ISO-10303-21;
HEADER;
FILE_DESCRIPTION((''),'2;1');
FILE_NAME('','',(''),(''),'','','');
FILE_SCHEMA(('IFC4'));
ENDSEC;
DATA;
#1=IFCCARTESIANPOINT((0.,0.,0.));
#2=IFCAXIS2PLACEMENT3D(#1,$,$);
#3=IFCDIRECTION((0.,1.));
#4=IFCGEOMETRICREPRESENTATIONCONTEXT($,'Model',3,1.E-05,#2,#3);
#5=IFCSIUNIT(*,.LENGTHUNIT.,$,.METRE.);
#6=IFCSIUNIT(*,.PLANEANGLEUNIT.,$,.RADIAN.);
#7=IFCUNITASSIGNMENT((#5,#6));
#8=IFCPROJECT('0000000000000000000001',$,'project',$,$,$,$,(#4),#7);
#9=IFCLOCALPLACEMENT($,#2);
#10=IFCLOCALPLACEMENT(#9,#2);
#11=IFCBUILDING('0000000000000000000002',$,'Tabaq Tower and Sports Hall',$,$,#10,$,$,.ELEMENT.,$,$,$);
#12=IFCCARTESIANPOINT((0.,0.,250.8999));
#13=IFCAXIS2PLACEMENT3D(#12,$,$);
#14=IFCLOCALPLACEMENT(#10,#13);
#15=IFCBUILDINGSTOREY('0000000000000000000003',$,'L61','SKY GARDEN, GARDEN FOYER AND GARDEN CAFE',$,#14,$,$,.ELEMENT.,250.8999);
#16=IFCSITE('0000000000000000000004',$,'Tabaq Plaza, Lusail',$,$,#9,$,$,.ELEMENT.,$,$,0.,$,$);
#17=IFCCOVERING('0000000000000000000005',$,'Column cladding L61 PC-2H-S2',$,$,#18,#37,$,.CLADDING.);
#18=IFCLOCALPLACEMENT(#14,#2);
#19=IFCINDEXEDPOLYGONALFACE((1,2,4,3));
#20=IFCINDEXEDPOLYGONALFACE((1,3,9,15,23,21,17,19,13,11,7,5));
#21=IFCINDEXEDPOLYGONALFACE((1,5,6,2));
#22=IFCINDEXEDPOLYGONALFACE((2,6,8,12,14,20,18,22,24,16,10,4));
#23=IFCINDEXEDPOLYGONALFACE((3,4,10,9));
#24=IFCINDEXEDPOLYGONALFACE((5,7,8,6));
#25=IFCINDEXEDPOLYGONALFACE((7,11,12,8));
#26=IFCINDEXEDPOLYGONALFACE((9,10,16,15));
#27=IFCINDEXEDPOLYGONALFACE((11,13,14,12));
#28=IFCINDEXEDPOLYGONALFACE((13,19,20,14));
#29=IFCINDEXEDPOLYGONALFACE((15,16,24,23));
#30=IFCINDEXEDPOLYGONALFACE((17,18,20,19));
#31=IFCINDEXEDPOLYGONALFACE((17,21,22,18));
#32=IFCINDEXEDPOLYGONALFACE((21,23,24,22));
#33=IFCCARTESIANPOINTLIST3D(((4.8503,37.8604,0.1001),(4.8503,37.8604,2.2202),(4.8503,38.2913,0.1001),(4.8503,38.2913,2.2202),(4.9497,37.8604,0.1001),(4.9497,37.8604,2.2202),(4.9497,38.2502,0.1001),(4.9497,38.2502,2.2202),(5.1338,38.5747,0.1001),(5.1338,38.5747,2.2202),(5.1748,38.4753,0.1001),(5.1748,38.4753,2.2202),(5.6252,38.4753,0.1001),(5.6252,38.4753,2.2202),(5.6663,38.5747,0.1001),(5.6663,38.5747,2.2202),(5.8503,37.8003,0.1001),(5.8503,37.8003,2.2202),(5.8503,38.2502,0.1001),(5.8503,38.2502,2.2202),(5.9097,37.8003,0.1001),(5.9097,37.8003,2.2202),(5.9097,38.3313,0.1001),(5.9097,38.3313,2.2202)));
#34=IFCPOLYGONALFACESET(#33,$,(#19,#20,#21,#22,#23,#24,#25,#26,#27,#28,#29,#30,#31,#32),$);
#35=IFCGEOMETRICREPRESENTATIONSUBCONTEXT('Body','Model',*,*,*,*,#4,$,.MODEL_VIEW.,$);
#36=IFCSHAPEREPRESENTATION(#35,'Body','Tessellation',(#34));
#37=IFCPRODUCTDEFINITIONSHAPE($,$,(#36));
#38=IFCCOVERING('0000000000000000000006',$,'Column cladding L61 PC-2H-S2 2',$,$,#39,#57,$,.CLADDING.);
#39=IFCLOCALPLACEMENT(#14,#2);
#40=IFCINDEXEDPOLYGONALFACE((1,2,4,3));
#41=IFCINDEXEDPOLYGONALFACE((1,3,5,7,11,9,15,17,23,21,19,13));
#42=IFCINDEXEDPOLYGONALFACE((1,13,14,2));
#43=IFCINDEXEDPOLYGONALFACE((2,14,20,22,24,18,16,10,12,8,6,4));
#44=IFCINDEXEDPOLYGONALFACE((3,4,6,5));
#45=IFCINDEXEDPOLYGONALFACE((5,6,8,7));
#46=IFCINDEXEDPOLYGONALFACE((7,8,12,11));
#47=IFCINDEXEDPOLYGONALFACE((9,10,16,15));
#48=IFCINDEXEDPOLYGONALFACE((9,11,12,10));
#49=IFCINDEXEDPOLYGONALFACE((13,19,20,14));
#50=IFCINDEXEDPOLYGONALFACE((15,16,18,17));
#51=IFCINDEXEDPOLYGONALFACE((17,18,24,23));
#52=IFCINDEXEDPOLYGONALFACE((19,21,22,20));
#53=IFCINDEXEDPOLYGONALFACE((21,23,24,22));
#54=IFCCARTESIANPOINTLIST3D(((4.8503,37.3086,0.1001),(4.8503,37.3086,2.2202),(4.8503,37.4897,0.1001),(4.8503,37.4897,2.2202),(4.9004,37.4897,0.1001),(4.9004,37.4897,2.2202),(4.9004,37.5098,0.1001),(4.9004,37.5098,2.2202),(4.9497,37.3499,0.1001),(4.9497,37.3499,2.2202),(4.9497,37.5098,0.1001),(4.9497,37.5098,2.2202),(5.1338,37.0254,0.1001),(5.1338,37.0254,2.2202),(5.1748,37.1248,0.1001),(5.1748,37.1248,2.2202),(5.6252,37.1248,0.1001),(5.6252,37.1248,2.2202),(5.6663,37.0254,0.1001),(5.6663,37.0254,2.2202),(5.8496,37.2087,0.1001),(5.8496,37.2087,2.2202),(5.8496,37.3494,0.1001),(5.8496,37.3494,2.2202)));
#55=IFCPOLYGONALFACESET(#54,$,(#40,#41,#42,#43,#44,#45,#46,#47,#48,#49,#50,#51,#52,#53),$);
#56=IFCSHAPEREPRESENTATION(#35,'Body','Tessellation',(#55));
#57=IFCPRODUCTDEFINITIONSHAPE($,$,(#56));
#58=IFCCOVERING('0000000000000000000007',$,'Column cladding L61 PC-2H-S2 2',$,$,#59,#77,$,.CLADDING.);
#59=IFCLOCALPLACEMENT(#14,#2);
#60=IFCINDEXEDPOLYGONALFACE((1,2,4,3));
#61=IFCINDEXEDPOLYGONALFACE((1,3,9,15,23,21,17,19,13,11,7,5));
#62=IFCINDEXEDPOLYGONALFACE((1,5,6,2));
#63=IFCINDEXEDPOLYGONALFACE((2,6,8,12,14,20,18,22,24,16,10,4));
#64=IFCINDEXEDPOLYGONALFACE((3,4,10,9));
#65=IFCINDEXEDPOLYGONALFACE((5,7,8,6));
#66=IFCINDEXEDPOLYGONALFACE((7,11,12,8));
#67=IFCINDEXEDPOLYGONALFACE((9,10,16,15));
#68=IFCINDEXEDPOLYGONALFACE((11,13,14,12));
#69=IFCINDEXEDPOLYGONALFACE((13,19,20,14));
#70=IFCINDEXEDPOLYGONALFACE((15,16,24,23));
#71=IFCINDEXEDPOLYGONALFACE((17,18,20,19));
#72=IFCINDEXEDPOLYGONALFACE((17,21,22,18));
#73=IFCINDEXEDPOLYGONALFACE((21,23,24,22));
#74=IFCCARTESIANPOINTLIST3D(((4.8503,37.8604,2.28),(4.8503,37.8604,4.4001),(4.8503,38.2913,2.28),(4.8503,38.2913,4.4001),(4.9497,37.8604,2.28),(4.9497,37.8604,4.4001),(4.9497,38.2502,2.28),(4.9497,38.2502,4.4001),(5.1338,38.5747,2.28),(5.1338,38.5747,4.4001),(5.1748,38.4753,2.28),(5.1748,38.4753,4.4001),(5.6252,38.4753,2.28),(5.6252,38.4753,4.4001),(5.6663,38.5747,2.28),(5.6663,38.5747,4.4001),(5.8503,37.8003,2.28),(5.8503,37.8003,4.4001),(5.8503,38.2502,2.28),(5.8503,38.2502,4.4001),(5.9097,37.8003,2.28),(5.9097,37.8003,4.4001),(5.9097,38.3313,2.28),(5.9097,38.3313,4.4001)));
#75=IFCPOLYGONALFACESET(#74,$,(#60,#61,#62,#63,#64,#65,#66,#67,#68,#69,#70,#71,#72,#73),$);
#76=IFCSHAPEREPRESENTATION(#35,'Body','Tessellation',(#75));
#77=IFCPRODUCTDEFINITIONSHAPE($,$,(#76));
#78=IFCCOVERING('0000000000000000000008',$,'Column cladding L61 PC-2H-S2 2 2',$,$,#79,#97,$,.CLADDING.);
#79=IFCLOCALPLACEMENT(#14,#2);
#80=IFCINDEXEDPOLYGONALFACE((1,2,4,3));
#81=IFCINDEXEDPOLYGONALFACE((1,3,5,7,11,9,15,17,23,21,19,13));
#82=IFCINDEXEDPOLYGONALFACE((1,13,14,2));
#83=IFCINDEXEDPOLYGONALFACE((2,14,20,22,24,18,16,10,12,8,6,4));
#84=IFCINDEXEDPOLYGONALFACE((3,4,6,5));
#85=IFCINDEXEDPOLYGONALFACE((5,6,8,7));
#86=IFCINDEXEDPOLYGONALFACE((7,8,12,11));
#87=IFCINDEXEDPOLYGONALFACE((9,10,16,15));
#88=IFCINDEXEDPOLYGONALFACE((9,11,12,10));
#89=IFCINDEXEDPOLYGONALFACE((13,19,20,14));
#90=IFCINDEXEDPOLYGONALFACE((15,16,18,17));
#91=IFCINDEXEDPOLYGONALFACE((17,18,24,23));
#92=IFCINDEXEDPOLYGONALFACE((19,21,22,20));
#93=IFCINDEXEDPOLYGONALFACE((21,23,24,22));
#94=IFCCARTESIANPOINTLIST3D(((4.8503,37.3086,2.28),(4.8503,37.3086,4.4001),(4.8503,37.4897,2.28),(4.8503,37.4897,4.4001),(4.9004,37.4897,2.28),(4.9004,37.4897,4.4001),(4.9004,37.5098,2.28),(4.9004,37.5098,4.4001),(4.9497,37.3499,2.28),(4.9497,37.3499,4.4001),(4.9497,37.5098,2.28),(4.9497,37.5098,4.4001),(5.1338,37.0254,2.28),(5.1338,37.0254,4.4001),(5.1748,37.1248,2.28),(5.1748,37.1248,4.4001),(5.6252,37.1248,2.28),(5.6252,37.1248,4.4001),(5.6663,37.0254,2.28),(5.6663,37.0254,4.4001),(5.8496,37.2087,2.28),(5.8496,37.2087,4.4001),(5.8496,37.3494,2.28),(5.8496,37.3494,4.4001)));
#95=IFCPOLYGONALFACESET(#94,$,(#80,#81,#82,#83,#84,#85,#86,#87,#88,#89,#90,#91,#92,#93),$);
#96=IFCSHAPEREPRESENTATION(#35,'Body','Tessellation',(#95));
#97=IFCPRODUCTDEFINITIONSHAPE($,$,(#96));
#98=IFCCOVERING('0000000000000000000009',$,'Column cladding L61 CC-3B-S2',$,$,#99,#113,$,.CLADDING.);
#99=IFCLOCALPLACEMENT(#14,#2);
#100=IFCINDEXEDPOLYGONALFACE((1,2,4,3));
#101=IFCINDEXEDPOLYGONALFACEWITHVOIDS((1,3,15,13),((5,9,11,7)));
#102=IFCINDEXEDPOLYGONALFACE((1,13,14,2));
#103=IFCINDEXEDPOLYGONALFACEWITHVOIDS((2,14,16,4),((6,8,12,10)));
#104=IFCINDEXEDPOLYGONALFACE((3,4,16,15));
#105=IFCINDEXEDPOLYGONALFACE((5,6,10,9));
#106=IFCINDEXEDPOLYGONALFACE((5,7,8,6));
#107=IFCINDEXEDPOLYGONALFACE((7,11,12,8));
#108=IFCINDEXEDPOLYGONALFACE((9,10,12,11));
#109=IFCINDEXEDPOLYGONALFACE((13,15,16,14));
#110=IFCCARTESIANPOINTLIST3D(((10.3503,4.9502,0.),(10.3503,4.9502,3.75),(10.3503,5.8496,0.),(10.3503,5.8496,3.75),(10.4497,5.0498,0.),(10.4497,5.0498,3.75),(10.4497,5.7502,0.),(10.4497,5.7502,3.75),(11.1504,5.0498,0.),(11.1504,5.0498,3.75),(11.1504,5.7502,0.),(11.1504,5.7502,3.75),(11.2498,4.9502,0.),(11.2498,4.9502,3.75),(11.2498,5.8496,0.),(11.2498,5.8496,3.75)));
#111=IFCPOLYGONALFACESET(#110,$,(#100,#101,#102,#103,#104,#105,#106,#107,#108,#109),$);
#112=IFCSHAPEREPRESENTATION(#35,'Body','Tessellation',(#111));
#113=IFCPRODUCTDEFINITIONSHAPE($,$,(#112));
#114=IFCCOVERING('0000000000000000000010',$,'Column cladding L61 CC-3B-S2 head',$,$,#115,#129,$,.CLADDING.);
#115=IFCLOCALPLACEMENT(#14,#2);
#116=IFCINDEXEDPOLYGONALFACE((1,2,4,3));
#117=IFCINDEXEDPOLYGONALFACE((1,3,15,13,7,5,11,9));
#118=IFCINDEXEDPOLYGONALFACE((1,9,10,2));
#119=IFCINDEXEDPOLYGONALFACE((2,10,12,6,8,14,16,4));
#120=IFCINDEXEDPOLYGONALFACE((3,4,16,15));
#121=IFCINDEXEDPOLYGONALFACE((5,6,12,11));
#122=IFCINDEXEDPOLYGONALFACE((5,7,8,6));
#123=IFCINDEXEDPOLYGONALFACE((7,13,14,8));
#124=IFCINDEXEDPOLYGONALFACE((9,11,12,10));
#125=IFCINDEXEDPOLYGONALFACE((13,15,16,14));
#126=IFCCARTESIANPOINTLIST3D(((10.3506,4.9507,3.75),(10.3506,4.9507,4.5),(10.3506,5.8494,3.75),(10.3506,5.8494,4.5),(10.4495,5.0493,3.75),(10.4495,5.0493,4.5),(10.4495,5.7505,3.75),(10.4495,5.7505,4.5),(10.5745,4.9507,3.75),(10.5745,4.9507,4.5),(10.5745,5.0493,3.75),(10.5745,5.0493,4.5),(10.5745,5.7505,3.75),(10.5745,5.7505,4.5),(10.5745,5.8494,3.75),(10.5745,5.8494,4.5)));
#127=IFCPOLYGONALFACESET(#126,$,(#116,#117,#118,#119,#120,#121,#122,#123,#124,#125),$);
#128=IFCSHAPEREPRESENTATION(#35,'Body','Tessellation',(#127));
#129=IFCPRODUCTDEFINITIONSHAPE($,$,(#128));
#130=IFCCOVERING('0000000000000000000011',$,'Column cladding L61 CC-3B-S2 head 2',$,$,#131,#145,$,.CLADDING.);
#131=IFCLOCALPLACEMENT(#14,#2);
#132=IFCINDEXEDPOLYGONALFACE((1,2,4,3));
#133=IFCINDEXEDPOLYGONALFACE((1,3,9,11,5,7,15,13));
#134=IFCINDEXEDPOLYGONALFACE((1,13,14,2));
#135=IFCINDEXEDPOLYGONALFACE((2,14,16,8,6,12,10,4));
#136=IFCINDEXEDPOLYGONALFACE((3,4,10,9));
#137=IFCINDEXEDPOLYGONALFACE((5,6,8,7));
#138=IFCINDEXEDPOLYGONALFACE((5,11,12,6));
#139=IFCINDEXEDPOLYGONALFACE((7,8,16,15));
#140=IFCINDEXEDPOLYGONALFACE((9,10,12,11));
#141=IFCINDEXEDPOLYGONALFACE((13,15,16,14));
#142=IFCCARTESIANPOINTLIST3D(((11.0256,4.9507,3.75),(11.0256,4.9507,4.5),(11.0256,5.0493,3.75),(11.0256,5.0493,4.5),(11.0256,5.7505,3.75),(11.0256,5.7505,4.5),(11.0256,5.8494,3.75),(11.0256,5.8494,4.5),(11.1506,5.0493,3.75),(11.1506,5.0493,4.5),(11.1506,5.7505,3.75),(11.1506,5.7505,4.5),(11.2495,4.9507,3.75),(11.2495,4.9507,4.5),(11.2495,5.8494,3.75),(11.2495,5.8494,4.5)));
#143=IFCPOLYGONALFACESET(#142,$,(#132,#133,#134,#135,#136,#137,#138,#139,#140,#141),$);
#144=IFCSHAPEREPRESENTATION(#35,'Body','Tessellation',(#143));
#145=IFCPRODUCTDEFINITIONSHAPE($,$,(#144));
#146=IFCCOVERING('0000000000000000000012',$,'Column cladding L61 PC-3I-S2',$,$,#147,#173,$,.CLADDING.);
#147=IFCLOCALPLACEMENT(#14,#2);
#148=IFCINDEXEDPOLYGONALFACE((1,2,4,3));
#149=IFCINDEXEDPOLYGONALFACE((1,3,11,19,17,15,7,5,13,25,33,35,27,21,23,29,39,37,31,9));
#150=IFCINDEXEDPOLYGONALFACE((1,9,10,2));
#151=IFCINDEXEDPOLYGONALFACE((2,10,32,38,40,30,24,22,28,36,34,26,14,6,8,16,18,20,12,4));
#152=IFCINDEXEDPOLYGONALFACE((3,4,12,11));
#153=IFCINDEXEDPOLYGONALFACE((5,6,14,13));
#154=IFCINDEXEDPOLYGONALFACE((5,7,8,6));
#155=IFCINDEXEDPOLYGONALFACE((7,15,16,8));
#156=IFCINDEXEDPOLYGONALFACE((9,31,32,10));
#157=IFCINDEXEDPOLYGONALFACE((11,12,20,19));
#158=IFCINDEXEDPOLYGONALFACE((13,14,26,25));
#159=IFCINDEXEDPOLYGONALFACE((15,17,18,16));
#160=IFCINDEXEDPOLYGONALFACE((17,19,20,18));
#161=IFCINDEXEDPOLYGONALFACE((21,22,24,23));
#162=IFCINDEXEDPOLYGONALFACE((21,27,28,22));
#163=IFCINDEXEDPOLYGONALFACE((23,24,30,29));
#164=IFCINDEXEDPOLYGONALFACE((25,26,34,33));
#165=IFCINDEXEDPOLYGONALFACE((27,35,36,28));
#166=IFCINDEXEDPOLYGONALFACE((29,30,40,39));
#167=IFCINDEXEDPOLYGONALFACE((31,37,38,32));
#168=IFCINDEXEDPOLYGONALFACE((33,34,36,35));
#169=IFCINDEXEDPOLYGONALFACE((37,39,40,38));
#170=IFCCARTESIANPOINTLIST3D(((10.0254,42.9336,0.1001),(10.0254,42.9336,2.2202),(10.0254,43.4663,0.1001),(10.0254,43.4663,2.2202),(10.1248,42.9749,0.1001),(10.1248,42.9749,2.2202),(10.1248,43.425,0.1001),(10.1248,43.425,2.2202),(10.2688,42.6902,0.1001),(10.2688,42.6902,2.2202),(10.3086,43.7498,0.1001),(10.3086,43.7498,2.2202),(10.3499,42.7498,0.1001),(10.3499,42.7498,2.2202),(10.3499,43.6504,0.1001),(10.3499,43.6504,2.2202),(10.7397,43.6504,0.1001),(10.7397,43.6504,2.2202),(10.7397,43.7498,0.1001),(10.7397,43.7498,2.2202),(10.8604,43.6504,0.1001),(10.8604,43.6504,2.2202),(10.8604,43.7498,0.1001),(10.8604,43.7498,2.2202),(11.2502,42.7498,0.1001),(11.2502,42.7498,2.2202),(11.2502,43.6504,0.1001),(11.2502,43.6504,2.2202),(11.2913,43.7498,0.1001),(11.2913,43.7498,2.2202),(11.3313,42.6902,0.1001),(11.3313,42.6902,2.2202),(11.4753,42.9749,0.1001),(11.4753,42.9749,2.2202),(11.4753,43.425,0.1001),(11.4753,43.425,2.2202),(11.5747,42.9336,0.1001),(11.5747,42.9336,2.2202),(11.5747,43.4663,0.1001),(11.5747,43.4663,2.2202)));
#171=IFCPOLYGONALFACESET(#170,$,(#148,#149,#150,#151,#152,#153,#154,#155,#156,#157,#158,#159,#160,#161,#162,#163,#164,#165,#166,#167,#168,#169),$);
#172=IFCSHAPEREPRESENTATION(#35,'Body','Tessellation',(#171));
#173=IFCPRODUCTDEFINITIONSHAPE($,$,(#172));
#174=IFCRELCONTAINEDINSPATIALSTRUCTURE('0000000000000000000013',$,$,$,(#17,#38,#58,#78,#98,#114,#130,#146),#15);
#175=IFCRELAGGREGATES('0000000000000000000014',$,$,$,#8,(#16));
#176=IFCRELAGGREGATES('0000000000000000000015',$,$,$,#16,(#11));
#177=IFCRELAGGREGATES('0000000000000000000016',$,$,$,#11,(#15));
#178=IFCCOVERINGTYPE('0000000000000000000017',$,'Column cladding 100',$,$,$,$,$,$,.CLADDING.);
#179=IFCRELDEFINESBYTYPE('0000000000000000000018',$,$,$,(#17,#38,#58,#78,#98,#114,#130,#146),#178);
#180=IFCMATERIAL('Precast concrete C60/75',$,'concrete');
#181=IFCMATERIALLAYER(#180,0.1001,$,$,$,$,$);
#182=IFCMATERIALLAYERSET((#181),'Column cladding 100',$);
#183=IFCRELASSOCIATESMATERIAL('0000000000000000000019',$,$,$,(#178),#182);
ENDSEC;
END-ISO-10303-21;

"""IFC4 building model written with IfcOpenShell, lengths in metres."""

from ifc_helpers import new_model, si_unit, direction, frame, origin, place, context, subcontext, project, spatial, polyline, outline, extrude, material, layer, layer_set, type_object, element, save


model = new_model("IFC4")

# Units and contexts
model_context = context("Model", 3, precision=1e-05, world=origin(), true_north=direction((0.0, 1.0)))
body_context = subcontext(model_context, "Body", "Model", "MODEL_VIEW")
ifc_project = project(units=[si_unit("LENGTHUNIT", "METRE"), si_unit("PLANEANGLEUNIT", "RADIAN")], contexts=[model_context])

# Site, building, storey
site_placement = place(None, origin())
site = spatial("IfcSite", under=ifc_project, at=site_placement, Name="Tabaq Plaza, Lusail", CompositionType="ELEMENT", RefElevation=0.0)
building_placement = place(site_placement, origin())
building = spatial("IfcBuilding", under=site, at=building_placement, Name="Tabaq Tower and Sports Hall", CompositionType="ELEMENT")
storey_placement = place(building_placement, frame((0.0, 0.0, 250.8999)))
storey = spatial("IfcBuildingStorey", under=building, at=storey_placement, Name="L61", Description="SKY GARDEN, GARDEN FOYER AND GARDEN CAFE", CompositionType="ELEMENT", Elevation=250.8999)

# Coverings
ifc_material_1 = material(Name="Precast concrete C60/75", Category="concrete")
ifc_layer_1 = layer(ifc_material_1, 0.1001)
ifc_layer_set_1 = layer_set([ifc_layer_1], Name="Column cladding 100")
covering_type = type_object("IfcCoveringType", Name="Column cladding 100", PredefinedType="CLADDING", material=ifc_layer_set_1)
covering_1_placement = place(storey_placement, frame((0.0, 0.0, 0.1001)))
element("IfcCovering", 1, at=covering_1_placement, inside=storey, type_object=covering_type, Name="Column cladding L61 PC-2H-S2", PredefinedType="CLADDING", context=body_context, shape_type="SweptSolid", body=[
    extrude(outline(polyline([(4.8503, 38.2913), (5.1338, 38.5747), (5.6663, 38.5747), (5.9097, 38.3313), (5.9097, 37.8003), (5.8503, 37.8003), (5.8503, 38.2502), (5.6252, 38.4753), (5.1748, 38.4753), (4.9497, 38.2502), (4.9497, 37.8604), (4.8503, 37.8604), (4.8503, 38.2913)])), origin(), (0.0, 0.0, 1.0), 2.1201),
])
covering_2_placement = place(storey_placement, frame((0.0, 0.0, 0.1001)))
element("IfcCovering", 2, at=covering_2_placement, inside=storey, type_object=covering_type, Name="Column cladding L61 PC-2H-S2 2", PredefinedType="CLADDING", context=body_context, shape_type="SweptSolid", body=[
    extrude(outline(polyline([(5.1338, 37.0254), (4.8503, 37.3086), (4.8503, 37.4897), (4.9004, 37.4897), (4.9004, 37.5098), (4.9497, 37.5098), (4.9497, 37.3499), (5.1748, 37.1248), (5.6252, 37.1248), (5.8496, 37.3494), (5.8496, 37.2087), (5.6663, 37.0254), (5.1338, 37.0254)])), origin(), (0.0, 0.0, 1.0), 2.1201),
])
covering_3_placement = place(storey_placement, frame((0.0, 0.0, 2.28)))
element("IfcCovering", 3, at=covering_3_placement, inside=storey, type_object=covering_type, Name="Column cladding L61 PC-2H-S2 2", PredefinedType="CLADDING", context=body_context, shape_type="SweptSolid", body=[
    extrude(outline(polyline([(4.8503, 38.2913), (5.1338, 38.5747), (5.6663, 38.5747), (5.9097, 38.3313), (5.9097, 37.8003), (5.8503, 37.8003), (5.8503, 38.2502), (5.6252, 38.4753), (5.1748, 38.4753), (4.9497, 38.2502), (4.9497, 37.8604), (4.8503, 37.8604), (4.8503, 38.2913)])), origin(), (0.0, 0.0, 1.0), 2.1201),
])
covering_4_placement = place(storey_placement, frame((0.0, 0.0, 2.28)))
element("IfcCovering", 4, at=covering_4_placement, inside=storey, type_object=covering_type, Name="Column cladding L61 PC-2H-S2 2 2", PredefinedType="CLADDING", context=body_context, shape_type="SweptSolid", body=[
    extrude(outline(polyline([(5.1338, 37.0254), (4.8503, 37.3086), (4.8503, 37.4897), (4.9004, 37.4897), (4.9004, 37.5098), (4.9497, 37.5098), (4.9497, 37.3499), (5.1748, 37.1248), (5.6252, 37.1248), (5.8496, 37.3494), (5.8496, 37.2087), (5.6663, 37.0254), (5.1338, 37.0254)])), origin(), (0.0, 0.0, 1.0), 2.1201),
])
covering_5_placement = place(storey_placement, origin())
element("IfcCovering", 5, at=covering_5_placement, inside=storey, type_object=covering_type, Name="Column cladding L61 CC-3B-S2", PredefinedType="CLADDING", context=body_context, shape_type="SweptSolid", body=[
    extrude(outline(polyline([(10.3503, 5.8496), (11.2498, 5.8496), (11.2498, 4.9502), (10.3503, 4.9502), (10.3503, 5.8496)]), holes=[polyline([(11.1504, 5.0498), (11.1504, 5.7502), (10.4497, 5.7502), (10.4497, 5.0498), (11.1504, 5.0498)])]), origin(), (0.0, 0.0, 1.0), 3.75),
])
covering_6_placement = place(storey_placement, frame((0.0, 0.0, 3.75)))
element("IfcCovering", 6, at=covering_6_placement, inside=storey, type_object=covering_type, Name="Column cladding L61 CC-3B-S2 head", PredefinedType="CLADDING", context=body_context, shape_type="SweptSolid", body=[
    extrude(outline(polyline([(10.5745, 5.0493), (10.5745, 4.9507), (10.3506, 4.9507), (10.3506, 5.8494), (10.5745, 5.8494), (10.5745, 5.7505), (10.4495, 5.7505), (10.4495, 5.0493), (10.5745, 5.0493)])), origin(), (0.0, 0.0, 1.0), 0.75),
])
covering_7_placement = place(storey_placement, frame((0.0, 0.0, 3.75)))
element("IfcCovering", 7, at=covering_7_placement, inside=storey, type_object=covering_type, Name="Column cladding L61 CC-3B-S2 head 2", PredefinedType="CLADDING", context=body_context, shape_type="SweptSolid", body=[
    extrude(outline(polyline([(11.0256, 5.0493), (11.1506, 5.0493), (11.1506, 5.7505), (11.0256, 5.7505), (11.0256, 5.8494), (11.2495, 5.8494), (11.2495, 4.9507), (11.0256, 4.9507), (11.0256, 5.0493)])), origin(), (0.0, 0.0, 1.0), 0.75),
])
covering_8_placement = place(storey_placement, frame((0.0, 0.0, 0.1001)))
element("IfcCovering", 8, at=covering_8_placement, inside=storey, type_object=covering_type, Name="Column cladding L61 PC-3I-S2", PredefinedType="CLADDING", context=body_context, shape_type="SweptSolid", body=[
    extrude(outline(polyline([(10.0254, 43.4663), (10.3086, 43.7498), (10.7397, 43.7498), (10.7397, 43.6504), (10.3499, 43.6504), (10.1248, 43.425), (10.1248, 42.9749), (10.3499, 42.7498), (11.2502, 42.7498), (11.4753, 42.9749), (11.4753, 43.425), (11.2502, 43.6504), (10.8604, 43.6504), (10.8604, 43.7498), (11.2913, 43.7498), (11.5747, 43.4663), (11.5747, 42.9336), (11.3313, 42.6902), (10.2688, 42.6902), (10.0254, 42.9336), (10.0254, 43.4663)])), origin(), (0.0, 0.0, 1.0), 2.1201),
])

save(model, "model.ifc")
